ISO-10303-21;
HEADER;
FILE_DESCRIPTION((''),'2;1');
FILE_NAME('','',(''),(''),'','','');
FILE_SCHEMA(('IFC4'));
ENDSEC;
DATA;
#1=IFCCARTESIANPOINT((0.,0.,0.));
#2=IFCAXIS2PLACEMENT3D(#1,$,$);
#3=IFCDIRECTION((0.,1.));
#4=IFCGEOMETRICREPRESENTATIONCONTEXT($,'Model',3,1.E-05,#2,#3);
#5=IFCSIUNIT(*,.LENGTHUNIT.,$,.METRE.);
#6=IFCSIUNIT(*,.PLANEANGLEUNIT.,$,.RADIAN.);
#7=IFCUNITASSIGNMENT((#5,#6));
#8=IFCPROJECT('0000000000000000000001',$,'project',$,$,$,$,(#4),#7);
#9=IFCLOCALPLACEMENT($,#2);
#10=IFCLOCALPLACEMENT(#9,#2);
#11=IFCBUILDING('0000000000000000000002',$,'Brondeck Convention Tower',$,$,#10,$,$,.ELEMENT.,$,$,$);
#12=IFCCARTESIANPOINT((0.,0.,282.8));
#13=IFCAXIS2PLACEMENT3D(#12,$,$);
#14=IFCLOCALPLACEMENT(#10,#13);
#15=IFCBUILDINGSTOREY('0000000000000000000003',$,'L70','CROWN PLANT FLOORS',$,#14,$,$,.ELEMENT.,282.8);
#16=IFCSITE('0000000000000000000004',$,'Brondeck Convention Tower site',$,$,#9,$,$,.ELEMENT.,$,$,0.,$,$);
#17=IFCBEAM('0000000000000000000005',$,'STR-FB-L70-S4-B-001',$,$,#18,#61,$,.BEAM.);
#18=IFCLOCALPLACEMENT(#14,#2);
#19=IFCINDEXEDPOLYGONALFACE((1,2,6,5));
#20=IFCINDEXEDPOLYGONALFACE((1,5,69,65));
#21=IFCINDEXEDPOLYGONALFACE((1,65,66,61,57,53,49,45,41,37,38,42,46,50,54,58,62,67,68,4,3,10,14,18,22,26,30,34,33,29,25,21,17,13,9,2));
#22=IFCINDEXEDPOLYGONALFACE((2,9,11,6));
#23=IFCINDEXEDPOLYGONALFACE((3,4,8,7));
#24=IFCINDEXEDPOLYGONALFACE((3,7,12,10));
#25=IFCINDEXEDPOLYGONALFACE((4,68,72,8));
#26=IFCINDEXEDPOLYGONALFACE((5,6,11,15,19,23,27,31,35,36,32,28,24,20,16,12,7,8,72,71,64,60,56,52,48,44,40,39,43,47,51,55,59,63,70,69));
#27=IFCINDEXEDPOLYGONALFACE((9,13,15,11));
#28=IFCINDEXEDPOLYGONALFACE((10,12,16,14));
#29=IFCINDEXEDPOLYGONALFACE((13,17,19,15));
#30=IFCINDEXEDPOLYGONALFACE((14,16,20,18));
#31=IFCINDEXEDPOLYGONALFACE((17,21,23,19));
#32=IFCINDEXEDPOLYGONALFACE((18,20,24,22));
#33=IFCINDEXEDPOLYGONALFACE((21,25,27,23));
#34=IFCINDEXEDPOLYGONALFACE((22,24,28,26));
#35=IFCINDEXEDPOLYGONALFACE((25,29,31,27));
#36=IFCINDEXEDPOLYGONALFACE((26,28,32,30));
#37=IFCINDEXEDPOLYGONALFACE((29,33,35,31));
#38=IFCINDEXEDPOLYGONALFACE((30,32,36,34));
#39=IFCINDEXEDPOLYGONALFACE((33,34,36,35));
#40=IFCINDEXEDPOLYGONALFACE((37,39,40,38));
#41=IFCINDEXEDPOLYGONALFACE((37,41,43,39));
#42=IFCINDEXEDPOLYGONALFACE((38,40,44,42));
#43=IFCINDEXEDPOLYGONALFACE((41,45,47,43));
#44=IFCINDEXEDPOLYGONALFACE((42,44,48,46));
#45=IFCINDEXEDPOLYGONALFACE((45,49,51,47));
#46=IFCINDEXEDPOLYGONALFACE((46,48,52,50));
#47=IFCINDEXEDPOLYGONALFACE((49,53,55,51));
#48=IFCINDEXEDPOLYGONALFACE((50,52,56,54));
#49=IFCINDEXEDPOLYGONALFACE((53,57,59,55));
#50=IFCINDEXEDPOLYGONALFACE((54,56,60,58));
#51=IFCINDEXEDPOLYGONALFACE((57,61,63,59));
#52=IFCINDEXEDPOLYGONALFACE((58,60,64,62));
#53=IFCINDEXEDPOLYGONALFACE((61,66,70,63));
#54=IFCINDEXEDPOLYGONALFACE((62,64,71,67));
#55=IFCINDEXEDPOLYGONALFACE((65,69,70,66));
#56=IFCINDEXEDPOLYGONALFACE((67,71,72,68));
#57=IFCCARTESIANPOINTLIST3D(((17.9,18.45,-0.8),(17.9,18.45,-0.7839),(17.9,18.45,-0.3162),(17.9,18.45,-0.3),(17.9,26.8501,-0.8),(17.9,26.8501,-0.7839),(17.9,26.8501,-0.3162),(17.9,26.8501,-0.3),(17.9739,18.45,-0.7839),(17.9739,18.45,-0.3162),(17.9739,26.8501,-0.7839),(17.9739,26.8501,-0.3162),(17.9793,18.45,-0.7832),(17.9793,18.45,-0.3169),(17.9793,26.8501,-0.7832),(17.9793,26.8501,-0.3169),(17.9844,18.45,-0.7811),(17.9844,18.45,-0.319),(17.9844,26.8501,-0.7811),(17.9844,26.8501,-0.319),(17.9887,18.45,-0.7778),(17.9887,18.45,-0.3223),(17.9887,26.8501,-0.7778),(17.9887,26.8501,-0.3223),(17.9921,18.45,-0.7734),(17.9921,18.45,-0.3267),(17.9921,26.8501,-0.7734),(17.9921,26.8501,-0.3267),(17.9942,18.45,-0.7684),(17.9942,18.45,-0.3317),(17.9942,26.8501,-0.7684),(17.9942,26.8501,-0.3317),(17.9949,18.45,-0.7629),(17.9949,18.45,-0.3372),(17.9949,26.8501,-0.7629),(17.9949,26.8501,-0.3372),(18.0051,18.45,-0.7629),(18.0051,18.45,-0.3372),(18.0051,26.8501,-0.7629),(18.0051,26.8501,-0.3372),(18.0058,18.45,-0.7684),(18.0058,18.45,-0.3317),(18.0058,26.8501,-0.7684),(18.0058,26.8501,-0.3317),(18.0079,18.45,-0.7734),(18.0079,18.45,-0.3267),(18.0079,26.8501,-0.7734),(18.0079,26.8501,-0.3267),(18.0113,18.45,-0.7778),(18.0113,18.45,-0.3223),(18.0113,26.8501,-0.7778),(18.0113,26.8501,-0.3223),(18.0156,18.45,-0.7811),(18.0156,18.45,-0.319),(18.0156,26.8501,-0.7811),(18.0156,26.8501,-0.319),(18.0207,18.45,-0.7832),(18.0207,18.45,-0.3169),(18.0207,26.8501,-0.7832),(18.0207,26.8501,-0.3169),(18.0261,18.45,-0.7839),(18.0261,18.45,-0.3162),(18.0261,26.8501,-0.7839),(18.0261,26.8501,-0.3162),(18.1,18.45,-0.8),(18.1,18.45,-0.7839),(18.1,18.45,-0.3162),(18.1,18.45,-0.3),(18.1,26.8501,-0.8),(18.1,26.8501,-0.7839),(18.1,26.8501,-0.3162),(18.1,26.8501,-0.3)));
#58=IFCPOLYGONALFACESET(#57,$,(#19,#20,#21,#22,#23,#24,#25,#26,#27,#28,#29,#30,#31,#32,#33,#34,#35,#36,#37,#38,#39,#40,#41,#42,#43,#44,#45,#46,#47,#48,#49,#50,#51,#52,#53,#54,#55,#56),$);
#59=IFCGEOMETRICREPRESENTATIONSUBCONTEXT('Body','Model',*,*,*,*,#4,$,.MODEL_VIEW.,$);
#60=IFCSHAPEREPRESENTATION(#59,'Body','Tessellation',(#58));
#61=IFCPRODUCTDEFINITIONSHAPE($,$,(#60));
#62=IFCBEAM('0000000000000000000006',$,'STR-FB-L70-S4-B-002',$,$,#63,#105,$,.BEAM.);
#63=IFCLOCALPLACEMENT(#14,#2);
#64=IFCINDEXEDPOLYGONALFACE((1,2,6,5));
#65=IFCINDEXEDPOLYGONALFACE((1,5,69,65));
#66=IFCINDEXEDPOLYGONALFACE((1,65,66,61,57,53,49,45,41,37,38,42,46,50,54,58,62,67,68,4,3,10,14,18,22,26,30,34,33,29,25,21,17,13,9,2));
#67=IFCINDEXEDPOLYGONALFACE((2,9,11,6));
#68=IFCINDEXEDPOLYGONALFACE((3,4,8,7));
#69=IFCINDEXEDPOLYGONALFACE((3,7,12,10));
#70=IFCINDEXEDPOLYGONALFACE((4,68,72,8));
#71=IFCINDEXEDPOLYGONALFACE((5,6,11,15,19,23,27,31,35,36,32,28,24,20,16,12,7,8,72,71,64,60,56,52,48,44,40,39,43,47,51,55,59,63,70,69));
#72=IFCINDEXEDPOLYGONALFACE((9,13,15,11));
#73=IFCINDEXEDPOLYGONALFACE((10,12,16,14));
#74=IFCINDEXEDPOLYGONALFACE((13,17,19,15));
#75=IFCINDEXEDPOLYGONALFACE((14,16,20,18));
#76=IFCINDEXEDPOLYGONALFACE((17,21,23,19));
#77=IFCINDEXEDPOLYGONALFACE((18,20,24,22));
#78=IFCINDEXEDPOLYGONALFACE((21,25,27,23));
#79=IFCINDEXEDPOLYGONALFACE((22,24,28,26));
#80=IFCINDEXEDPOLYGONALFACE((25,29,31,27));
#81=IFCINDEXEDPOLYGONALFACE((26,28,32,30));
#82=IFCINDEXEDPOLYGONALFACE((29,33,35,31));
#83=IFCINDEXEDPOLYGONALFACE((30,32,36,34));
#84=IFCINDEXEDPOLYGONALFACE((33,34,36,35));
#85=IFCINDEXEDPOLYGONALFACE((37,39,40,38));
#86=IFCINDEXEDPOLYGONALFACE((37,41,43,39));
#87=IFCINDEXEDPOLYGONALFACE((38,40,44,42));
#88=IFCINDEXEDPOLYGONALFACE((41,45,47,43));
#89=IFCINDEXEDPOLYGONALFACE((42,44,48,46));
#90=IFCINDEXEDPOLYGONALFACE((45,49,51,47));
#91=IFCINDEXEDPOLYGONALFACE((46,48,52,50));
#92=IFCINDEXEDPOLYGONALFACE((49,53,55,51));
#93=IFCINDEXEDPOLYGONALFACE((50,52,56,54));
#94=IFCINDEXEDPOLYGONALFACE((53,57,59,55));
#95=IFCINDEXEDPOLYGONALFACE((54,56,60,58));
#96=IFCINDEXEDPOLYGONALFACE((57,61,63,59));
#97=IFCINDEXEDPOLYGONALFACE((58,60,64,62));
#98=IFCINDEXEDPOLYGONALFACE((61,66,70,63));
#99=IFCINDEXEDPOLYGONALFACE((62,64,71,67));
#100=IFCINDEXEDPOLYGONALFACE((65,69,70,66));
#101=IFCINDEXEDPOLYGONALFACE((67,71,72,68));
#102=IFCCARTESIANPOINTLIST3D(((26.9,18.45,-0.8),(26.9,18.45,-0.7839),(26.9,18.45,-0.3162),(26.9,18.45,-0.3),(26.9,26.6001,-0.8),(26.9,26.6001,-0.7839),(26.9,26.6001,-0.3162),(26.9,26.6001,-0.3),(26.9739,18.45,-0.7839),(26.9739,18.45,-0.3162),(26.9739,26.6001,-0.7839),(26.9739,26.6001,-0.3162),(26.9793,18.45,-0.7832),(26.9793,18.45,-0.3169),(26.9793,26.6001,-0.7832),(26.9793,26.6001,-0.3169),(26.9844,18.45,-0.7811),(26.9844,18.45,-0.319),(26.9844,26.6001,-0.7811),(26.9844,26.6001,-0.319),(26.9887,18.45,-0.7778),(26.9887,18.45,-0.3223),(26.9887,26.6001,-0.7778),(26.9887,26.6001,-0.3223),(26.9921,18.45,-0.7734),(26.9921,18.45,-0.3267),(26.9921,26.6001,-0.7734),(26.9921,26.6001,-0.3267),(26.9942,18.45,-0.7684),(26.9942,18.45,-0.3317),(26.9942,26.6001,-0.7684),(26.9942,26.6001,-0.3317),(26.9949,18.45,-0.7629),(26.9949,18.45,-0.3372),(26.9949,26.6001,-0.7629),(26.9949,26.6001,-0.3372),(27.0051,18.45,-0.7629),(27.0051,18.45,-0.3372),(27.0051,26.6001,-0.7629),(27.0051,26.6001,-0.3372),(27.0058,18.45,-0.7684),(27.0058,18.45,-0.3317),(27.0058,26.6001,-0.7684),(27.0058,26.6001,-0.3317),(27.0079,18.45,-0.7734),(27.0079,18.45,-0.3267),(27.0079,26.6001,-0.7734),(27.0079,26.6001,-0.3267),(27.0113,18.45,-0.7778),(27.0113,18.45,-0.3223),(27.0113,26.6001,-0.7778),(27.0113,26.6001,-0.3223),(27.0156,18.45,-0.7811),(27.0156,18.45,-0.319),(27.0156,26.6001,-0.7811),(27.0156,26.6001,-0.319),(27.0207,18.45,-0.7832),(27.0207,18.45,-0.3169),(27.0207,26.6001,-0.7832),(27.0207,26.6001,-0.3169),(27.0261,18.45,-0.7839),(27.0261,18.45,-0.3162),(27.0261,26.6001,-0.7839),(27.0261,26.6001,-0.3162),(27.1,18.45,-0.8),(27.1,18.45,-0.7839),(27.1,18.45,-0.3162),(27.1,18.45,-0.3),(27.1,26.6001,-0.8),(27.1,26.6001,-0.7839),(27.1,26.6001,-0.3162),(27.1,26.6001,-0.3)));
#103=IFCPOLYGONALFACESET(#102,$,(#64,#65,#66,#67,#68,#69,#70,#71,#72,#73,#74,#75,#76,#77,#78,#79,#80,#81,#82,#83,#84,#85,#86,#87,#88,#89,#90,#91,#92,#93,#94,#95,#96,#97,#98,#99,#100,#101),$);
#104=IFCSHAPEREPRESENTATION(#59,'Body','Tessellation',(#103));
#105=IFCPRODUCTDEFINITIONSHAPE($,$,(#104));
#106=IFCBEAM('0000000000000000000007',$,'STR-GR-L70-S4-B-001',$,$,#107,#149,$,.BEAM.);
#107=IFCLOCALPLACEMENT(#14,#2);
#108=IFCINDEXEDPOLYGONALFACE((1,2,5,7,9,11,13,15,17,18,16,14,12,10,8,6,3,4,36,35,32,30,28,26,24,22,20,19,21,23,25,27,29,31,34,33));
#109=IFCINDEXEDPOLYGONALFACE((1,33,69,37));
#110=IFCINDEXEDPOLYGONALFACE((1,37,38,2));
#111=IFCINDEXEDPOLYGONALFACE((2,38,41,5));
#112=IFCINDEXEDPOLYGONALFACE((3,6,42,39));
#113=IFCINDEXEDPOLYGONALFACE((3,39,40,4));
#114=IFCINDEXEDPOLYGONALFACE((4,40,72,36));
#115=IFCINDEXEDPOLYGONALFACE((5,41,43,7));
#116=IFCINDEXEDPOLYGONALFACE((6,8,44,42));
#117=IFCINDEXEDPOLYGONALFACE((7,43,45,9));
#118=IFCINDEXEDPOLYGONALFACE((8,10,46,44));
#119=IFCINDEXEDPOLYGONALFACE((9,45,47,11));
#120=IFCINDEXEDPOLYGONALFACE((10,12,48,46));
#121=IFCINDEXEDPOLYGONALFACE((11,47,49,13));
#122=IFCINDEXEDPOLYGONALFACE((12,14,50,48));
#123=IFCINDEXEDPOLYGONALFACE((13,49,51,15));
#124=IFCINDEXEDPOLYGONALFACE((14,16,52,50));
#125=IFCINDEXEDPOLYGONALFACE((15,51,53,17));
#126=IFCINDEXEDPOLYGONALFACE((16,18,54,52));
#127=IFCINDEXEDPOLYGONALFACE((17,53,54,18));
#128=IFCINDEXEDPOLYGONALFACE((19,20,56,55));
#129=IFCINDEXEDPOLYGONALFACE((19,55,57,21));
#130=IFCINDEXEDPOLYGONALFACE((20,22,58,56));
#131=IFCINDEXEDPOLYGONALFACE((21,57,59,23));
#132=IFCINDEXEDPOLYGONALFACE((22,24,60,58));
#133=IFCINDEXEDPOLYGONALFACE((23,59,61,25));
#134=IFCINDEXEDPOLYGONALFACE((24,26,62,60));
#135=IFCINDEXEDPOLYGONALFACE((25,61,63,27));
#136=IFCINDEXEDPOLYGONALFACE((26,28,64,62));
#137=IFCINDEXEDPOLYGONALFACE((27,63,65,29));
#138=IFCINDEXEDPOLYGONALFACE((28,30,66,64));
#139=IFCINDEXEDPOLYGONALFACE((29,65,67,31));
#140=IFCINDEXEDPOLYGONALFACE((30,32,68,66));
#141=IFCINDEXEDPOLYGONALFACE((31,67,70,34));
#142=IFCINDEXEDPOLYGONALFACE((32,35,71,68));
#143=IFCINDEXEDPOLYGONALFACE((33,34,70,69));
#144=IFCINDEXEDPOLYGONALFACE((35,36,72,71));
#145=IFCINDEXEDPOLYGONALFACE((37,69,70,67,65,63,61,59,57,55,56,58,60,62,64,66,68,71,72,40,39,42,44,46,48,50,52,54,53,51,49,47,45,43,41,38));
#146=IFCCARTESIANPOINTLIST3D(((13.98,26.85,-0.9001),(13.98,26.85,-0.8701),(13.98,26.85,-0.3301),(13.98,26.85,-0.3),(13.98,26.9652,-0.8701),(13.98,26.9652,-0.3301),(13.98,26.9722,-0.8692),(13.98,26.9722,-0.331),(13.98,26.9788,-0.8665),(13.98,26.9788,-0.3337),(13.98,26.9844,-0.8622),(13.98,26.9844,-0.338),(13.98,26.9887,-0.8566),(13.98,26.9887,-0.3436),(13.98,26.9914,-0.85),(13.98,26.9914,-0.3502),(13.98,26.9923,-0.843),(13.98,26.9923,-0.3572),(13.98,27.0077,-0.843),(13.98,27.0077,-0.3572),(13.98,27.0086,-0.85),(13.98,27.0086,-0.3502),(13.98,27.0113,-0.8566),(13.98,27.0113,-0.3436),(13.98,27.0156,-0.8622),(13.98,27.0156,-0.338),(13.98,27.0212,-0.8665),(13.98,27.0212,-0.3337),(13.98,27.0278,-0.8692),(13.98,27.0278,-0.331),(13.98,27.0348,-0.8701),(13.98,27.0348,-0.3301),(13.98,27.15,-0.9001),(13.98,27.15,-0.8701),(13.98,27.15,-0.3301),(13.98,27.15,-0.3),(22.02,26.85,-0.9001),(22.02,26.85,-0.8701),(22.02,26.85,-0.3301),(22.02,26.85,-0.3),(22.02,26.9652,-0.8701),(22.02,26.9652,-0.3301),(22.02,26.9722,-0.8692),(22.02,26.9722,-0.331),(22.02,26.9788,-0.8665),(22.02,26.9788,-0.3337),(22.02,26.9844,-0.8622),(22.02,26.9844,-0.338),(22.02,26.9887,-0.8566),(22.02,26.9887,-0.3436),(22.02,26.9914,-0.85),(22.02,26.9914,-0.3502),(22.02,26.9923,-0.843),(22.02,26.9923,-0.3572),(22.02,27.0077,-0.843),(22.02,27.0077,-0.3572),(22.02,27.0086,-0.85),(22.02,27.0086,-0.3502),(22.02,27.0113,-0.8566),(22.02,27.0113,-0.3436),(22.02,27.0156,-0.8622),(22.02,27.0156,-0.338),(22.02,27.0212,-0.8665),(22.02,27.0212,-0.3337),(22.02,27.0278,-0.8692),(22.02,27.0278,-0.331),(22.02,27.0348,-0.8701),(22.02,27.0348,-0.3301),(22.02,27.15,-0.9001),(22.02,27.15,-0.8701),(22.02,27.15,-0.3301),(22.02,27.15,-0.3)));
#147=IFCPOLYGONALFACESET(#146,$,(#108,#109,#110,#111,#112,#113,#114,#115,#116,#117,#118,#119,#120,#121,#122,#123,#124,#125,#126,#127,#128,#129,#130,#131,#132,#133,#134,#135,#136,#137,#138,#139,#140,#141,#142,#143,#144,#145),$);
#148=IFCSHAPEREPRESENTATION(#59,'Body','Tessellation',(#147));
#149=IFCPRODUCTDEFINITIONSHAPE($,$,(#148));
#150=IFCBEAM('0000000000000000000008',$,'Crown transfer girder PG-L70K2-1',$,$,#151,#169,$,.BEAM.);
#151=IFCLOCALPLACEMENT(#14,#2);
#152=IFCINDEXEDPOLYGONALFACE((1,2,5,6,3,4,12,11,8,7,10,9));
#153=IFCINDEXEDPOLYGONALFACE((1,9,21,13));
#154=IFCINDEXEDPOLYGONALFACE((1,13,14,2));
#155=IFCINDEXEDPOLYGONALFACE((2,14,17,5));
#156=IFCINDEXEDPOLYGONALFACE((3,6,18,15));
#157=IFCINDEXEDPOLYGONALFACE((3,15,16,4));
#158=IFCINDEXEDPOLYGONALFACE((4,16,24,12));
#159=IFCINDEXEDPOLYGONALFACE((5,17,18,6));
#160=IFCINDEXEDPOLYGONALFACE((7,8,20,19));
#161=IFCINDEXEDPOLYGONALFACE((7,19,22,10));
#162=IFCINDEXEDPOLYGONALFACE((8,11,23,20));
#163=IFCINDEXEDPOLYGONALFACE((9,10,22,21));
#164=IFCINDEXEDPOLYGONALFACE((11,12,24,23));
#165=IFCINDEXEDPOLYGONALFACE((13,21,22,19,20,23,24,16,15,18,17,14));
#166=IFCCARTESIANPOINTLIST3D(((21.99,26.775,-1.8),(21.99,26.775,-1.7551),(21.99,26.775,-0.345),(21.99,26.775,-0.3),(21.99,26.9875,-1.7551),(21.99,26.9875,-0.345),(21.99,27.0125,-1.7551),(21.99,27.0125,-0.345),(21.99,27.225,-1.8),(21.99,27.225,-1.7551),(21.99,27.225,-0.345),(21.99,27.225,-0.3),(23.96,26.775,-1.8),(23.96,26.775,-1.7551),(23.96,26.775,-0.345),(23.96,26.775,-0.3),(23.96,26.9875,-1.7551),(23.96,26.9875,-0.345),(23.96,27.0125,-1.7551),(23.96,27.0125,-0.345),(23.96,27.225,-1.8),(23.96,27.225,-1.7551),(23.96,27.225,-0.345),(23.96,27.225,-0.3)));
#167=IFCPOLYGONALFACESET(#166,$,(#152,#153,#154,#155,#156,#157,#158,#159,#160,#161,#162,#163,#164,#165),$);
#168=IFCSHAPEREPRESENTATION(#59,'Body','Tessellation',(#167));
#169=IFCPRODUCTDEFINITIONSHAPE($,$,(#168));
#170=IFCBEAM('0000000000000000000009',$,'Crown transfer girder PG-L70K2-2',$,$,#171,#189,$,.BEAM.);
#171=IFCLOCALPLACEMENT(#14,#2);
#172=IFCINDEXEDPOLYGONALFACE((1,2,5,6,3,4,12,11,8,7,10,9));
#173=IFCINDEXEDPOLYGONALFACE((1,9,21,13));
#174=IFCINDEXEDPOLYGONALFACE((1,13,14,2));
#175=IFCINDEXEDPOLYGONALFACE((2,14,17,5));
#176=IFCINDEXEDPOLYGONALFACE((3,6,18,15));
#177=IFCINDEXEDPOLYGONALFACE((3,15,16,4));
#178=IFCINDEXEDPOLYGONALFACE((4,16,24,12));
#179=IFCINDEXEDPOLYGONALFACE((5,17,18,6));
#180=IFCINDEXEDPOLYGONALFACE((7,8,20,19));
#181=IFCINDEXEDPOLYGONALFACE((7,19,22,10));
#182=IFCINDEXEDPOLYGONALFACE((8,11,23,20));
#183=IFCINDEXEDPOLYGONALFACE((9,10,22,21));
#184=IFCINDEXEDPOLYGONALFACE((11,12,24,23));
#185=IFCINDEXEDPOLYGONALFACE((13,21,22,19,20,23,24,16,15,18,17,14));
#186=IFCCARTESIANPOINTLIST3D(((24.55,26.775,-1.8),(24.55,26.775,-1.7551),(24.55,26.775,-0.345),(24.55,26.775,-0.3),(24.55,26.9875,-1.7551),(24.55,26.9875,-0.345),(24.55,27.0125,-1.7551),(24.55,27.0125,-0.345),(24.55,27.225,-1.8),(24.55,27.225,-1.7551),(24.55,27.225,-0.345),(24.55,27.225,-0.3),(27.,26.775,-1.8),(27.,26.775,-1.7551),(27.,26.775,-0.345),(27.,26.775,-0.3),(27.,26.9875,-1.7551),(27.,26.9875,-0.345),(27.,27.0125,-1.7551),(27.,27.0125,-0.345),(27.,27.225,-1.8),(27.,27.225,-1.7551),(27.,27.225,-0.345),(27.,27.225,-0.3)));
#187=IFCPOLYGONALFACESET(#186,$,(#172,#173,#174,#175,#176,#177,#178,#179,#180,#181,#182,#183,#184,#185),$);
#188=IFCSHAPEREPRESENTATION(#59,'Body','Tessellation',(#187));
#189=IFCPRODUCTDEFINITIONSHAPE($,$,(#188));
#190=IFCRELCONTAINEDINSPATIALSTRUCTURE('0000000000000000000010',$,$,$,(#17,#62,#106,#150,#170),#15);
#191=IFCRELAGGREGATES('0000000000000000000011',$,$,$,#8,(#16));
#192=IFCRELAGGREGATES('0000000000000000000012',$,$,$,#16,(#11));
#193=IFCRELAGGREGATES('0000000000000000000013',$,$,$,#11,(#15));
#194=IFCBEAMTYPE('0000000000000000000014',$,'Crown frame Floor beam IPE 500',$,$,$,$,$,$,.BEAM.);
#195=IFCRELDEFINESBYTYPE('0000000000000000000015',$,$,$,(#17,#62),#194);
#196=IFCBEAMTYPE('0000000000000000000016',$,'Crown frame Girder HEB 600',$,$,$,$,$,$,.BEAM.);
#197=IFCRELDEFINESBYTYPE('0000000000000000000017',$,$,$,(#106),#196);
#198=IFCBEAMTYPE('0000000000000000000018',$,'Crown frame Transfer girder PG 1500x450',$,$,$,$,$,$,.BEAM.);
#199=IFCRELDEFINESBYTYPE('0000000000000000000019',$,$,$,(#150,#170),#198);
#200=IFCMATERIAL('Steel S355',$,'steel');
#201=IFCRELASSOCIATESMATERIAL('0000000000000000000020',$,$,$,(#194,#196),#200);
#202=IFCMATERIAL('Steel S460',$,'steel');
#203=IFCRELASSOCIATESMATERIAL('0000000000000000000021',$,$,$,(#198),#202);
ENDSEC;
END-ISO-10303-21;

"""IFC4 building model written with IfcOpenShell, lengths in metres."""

from ifc_helpers import new_model, si_unit, direction, frame, origin, origin_2d, place, context, subcontext, project, spatial, i_section, extrude, material, material_profile, profile_set, type_object, element, save


model = new_model("IFC4")

# Units and contexts
model_context = context("Model", 3, precision=1e-05, world=origin(), true_north=direction((0.0, 1.0)))
body_context = subcontext(model_context, "Body", "Model", "MODEL_VIEW")
ifc_project = project(units=[si_unit("LENGTHUNIT", "METRE"), si_unit("PLANEANGLEUNIT", "RADIAN")], contexts=[model_context])

# Site, building, storey
site_placement = place(None, origin())
site = spatial("IfcSite", under=ifc_project, at=site_placement, Name="Brondeck Convention Tower site", CompositionType="ELEMENT", RefElevation=0.0)
building_placement = place(site_placement, origin())
building = spatial("IfcBuilding", under=site, at=building_placement, Name="Brondeck Convention Tower", CompositionType="ELEMENT")
storey_placement = place(building_placement, frame((0.0, 0.0, 282.8)))
storey = spatial("IfcBuildingStorey", under=building, at=storey_placement, Name="L70", Description="CROWN PLANT FLOORS", CompositionType="ELEMENT", Elevation=282.8)

# Beams
ifc_material_1 = material(Name="Steel S355", Category="steel")
ifc_material_profile_1 = material_profile(ifc_material_1, i_section(OverallWidth=0.2, OverallDepth=0.5, WebThickness=0.0103, FlangeThickness=0.0161, FilletRadius=0.021, at=origin_2d()), Name="IPE 500")
ifc_profile_set_1 = profile_set([ifc_material_profile_1], Name="Steel S355")
beam_type_1 = type_object("IfcBeamType", Name="Crown frame Floor beam IPE 500", PredefinedType="BEAM", material=ifc_profile_set_1)
beam_1_placement = place(storey_placement, frame((18.0, 18.45, -0.55), z_axis=(0.0, 1.0, 0.0), x_axis=(-1.0, 0.0, 0.0)))
element("IfcBeam", 1, at=beam_1_placement, inside=storey, type_object=beam_type_1, Name="STR-FB-L70-S4-B-001", PredefinedType="BEAM", context=body_context, shape_type="SweptSolid", body=[
    extrude(i_section(OverallWidth=0.2, OverallDepth=0.5, WebThickness=0.0103, FlangeThickness=0.0161, FilletRadius=0.021, at=origin_2d()), origin(), (0.0, 0.0, 1.0), 8.4001),
])
beam_2_placement = place(storey_placement, frame((27.0, 18.45, -0.55), z_axis=(0.0, 1.0, 0.0), x_axis=(-1.0, 0.0, 0.0)))
element("IfcBeam", 2, at=beam_2_placement, inside=storey, type_object=beam_type_1, Name="STR-FB-L70-S4-B-002", PredefinedType="BEAM", context=body_context, shape_type="SweptSolid", body=[
    extrude(i_section(OverallWidth=0.2, OverallDepth=0.5, WebThickness=0.0103, FlangeThickness=0.0161, FilletRadius=0.021, at=origin_2d()), origin(), (0.0, 0.0, 1.0), 8.1501),
])
ifc_material_profile_2 = material_profile(ifc_material_1, i_section(OverallWidth=0.3, OverallDepth=0.6001, WebThickness=0.0154, FlangeThickness=0.03, FilletRadius=0.0271, at=origin_2d()), Name="HEB 600")
ifc_profile_set_2 = profile_set([ifc_material_profile_2], Name="Steel S355")
beam_type_2 = type_object("IfcBeamType", Name="Crown frame Girder HEB 600", PredefinedType="BEAM", material=ifc_profile_set_2)
beam_3_placement = place(storey_placement, frame((13.98, 27.0, -0.6001), z_axis=(1.0, 0.0, 0.0), x_axis=(0.0, 1.0, 0.0)))
element("IfcBeam", 3, at=beam_3_placement, inside=storey, type_object=beam_type_2, Name="STR-GR-L70-S4-B-001", PredefinedType="BEAM", context=body_context, shape_type="SweptSolid", body=[
    extrude(i_section(OverallWidth=0.3, OverallDepth=0.6001, WebThickness=0.0154, FlangeThickness=0.03, FilletRadius=0.0271, at=origin_2d()), origin(), (0.0, 0.0, 1.0), 8.04),
])
ifc_material_2 = material(Name="Steel S460", Category="steel")
ifc_material_profile_3 = material_profile(ifc_material_2, i_section(OverallWidth=0.45, OverallDepth=1.5, WebThickness=0.0249, FlangeThickness=0.0449, at=origin_2d()), Name="PG 1500x450")
ifc_profile_set_3 = profile_set([ifc_material_profile_3], Name="Steel S460")
beam_type_3 = type_object("IfcBeamType", Name="Crown frame Transfer girder PG 1500x450", PredefinedType="BEAM", material=ifc_profile_set_3)
beam_4_placement = place(storey_placement, frame((21.99, 27.0, -1.05), z_axis=(1.0, 0.0, 0.0), x_axis=(0.0, 1.0, 0.0)))
element("IfcBeam", 4, at=beam_4_placement, inside=storey, type_object=beam_type_3, Name="Crown transfer girder PG-L70K2-1", PredefinedType="BEAM", context=body_context, shape_type="SweptSolid", body=[
    extrude(i_section(OverallWidth=0.45, OverallDepth=1.5, WebThickness=0.0249, FlangeThickness=0.0449, at=origin_2d()), origin(), (0.0, 0.0, 1.0), 1.97),
])
beam_5_placement = place(storey_placement, frame((24.55, 27.0, -1.05), z_axis=(1.0, 0.0, 0.0), x_axis=(0.0, 1.0, 0.0)))
element("IfcBeam", 5, at=beam_5_placement, inside=storey, type_object=beam_type_3, Name="Crown transfer girder PG-L70K2-2", PredefinedType="BEAM", context=body_context, shape_type="SweptSolid", body=[
    extrude(i_section(OverallWidth=0.45, OverallDepth=1.5, WebThickness=0.0249, FlangeThickness=0.0449, at=origin_2d()), origin(), (0.0, 0.0, 1.0), 2.45),
])

save(model, "model.ifc")
